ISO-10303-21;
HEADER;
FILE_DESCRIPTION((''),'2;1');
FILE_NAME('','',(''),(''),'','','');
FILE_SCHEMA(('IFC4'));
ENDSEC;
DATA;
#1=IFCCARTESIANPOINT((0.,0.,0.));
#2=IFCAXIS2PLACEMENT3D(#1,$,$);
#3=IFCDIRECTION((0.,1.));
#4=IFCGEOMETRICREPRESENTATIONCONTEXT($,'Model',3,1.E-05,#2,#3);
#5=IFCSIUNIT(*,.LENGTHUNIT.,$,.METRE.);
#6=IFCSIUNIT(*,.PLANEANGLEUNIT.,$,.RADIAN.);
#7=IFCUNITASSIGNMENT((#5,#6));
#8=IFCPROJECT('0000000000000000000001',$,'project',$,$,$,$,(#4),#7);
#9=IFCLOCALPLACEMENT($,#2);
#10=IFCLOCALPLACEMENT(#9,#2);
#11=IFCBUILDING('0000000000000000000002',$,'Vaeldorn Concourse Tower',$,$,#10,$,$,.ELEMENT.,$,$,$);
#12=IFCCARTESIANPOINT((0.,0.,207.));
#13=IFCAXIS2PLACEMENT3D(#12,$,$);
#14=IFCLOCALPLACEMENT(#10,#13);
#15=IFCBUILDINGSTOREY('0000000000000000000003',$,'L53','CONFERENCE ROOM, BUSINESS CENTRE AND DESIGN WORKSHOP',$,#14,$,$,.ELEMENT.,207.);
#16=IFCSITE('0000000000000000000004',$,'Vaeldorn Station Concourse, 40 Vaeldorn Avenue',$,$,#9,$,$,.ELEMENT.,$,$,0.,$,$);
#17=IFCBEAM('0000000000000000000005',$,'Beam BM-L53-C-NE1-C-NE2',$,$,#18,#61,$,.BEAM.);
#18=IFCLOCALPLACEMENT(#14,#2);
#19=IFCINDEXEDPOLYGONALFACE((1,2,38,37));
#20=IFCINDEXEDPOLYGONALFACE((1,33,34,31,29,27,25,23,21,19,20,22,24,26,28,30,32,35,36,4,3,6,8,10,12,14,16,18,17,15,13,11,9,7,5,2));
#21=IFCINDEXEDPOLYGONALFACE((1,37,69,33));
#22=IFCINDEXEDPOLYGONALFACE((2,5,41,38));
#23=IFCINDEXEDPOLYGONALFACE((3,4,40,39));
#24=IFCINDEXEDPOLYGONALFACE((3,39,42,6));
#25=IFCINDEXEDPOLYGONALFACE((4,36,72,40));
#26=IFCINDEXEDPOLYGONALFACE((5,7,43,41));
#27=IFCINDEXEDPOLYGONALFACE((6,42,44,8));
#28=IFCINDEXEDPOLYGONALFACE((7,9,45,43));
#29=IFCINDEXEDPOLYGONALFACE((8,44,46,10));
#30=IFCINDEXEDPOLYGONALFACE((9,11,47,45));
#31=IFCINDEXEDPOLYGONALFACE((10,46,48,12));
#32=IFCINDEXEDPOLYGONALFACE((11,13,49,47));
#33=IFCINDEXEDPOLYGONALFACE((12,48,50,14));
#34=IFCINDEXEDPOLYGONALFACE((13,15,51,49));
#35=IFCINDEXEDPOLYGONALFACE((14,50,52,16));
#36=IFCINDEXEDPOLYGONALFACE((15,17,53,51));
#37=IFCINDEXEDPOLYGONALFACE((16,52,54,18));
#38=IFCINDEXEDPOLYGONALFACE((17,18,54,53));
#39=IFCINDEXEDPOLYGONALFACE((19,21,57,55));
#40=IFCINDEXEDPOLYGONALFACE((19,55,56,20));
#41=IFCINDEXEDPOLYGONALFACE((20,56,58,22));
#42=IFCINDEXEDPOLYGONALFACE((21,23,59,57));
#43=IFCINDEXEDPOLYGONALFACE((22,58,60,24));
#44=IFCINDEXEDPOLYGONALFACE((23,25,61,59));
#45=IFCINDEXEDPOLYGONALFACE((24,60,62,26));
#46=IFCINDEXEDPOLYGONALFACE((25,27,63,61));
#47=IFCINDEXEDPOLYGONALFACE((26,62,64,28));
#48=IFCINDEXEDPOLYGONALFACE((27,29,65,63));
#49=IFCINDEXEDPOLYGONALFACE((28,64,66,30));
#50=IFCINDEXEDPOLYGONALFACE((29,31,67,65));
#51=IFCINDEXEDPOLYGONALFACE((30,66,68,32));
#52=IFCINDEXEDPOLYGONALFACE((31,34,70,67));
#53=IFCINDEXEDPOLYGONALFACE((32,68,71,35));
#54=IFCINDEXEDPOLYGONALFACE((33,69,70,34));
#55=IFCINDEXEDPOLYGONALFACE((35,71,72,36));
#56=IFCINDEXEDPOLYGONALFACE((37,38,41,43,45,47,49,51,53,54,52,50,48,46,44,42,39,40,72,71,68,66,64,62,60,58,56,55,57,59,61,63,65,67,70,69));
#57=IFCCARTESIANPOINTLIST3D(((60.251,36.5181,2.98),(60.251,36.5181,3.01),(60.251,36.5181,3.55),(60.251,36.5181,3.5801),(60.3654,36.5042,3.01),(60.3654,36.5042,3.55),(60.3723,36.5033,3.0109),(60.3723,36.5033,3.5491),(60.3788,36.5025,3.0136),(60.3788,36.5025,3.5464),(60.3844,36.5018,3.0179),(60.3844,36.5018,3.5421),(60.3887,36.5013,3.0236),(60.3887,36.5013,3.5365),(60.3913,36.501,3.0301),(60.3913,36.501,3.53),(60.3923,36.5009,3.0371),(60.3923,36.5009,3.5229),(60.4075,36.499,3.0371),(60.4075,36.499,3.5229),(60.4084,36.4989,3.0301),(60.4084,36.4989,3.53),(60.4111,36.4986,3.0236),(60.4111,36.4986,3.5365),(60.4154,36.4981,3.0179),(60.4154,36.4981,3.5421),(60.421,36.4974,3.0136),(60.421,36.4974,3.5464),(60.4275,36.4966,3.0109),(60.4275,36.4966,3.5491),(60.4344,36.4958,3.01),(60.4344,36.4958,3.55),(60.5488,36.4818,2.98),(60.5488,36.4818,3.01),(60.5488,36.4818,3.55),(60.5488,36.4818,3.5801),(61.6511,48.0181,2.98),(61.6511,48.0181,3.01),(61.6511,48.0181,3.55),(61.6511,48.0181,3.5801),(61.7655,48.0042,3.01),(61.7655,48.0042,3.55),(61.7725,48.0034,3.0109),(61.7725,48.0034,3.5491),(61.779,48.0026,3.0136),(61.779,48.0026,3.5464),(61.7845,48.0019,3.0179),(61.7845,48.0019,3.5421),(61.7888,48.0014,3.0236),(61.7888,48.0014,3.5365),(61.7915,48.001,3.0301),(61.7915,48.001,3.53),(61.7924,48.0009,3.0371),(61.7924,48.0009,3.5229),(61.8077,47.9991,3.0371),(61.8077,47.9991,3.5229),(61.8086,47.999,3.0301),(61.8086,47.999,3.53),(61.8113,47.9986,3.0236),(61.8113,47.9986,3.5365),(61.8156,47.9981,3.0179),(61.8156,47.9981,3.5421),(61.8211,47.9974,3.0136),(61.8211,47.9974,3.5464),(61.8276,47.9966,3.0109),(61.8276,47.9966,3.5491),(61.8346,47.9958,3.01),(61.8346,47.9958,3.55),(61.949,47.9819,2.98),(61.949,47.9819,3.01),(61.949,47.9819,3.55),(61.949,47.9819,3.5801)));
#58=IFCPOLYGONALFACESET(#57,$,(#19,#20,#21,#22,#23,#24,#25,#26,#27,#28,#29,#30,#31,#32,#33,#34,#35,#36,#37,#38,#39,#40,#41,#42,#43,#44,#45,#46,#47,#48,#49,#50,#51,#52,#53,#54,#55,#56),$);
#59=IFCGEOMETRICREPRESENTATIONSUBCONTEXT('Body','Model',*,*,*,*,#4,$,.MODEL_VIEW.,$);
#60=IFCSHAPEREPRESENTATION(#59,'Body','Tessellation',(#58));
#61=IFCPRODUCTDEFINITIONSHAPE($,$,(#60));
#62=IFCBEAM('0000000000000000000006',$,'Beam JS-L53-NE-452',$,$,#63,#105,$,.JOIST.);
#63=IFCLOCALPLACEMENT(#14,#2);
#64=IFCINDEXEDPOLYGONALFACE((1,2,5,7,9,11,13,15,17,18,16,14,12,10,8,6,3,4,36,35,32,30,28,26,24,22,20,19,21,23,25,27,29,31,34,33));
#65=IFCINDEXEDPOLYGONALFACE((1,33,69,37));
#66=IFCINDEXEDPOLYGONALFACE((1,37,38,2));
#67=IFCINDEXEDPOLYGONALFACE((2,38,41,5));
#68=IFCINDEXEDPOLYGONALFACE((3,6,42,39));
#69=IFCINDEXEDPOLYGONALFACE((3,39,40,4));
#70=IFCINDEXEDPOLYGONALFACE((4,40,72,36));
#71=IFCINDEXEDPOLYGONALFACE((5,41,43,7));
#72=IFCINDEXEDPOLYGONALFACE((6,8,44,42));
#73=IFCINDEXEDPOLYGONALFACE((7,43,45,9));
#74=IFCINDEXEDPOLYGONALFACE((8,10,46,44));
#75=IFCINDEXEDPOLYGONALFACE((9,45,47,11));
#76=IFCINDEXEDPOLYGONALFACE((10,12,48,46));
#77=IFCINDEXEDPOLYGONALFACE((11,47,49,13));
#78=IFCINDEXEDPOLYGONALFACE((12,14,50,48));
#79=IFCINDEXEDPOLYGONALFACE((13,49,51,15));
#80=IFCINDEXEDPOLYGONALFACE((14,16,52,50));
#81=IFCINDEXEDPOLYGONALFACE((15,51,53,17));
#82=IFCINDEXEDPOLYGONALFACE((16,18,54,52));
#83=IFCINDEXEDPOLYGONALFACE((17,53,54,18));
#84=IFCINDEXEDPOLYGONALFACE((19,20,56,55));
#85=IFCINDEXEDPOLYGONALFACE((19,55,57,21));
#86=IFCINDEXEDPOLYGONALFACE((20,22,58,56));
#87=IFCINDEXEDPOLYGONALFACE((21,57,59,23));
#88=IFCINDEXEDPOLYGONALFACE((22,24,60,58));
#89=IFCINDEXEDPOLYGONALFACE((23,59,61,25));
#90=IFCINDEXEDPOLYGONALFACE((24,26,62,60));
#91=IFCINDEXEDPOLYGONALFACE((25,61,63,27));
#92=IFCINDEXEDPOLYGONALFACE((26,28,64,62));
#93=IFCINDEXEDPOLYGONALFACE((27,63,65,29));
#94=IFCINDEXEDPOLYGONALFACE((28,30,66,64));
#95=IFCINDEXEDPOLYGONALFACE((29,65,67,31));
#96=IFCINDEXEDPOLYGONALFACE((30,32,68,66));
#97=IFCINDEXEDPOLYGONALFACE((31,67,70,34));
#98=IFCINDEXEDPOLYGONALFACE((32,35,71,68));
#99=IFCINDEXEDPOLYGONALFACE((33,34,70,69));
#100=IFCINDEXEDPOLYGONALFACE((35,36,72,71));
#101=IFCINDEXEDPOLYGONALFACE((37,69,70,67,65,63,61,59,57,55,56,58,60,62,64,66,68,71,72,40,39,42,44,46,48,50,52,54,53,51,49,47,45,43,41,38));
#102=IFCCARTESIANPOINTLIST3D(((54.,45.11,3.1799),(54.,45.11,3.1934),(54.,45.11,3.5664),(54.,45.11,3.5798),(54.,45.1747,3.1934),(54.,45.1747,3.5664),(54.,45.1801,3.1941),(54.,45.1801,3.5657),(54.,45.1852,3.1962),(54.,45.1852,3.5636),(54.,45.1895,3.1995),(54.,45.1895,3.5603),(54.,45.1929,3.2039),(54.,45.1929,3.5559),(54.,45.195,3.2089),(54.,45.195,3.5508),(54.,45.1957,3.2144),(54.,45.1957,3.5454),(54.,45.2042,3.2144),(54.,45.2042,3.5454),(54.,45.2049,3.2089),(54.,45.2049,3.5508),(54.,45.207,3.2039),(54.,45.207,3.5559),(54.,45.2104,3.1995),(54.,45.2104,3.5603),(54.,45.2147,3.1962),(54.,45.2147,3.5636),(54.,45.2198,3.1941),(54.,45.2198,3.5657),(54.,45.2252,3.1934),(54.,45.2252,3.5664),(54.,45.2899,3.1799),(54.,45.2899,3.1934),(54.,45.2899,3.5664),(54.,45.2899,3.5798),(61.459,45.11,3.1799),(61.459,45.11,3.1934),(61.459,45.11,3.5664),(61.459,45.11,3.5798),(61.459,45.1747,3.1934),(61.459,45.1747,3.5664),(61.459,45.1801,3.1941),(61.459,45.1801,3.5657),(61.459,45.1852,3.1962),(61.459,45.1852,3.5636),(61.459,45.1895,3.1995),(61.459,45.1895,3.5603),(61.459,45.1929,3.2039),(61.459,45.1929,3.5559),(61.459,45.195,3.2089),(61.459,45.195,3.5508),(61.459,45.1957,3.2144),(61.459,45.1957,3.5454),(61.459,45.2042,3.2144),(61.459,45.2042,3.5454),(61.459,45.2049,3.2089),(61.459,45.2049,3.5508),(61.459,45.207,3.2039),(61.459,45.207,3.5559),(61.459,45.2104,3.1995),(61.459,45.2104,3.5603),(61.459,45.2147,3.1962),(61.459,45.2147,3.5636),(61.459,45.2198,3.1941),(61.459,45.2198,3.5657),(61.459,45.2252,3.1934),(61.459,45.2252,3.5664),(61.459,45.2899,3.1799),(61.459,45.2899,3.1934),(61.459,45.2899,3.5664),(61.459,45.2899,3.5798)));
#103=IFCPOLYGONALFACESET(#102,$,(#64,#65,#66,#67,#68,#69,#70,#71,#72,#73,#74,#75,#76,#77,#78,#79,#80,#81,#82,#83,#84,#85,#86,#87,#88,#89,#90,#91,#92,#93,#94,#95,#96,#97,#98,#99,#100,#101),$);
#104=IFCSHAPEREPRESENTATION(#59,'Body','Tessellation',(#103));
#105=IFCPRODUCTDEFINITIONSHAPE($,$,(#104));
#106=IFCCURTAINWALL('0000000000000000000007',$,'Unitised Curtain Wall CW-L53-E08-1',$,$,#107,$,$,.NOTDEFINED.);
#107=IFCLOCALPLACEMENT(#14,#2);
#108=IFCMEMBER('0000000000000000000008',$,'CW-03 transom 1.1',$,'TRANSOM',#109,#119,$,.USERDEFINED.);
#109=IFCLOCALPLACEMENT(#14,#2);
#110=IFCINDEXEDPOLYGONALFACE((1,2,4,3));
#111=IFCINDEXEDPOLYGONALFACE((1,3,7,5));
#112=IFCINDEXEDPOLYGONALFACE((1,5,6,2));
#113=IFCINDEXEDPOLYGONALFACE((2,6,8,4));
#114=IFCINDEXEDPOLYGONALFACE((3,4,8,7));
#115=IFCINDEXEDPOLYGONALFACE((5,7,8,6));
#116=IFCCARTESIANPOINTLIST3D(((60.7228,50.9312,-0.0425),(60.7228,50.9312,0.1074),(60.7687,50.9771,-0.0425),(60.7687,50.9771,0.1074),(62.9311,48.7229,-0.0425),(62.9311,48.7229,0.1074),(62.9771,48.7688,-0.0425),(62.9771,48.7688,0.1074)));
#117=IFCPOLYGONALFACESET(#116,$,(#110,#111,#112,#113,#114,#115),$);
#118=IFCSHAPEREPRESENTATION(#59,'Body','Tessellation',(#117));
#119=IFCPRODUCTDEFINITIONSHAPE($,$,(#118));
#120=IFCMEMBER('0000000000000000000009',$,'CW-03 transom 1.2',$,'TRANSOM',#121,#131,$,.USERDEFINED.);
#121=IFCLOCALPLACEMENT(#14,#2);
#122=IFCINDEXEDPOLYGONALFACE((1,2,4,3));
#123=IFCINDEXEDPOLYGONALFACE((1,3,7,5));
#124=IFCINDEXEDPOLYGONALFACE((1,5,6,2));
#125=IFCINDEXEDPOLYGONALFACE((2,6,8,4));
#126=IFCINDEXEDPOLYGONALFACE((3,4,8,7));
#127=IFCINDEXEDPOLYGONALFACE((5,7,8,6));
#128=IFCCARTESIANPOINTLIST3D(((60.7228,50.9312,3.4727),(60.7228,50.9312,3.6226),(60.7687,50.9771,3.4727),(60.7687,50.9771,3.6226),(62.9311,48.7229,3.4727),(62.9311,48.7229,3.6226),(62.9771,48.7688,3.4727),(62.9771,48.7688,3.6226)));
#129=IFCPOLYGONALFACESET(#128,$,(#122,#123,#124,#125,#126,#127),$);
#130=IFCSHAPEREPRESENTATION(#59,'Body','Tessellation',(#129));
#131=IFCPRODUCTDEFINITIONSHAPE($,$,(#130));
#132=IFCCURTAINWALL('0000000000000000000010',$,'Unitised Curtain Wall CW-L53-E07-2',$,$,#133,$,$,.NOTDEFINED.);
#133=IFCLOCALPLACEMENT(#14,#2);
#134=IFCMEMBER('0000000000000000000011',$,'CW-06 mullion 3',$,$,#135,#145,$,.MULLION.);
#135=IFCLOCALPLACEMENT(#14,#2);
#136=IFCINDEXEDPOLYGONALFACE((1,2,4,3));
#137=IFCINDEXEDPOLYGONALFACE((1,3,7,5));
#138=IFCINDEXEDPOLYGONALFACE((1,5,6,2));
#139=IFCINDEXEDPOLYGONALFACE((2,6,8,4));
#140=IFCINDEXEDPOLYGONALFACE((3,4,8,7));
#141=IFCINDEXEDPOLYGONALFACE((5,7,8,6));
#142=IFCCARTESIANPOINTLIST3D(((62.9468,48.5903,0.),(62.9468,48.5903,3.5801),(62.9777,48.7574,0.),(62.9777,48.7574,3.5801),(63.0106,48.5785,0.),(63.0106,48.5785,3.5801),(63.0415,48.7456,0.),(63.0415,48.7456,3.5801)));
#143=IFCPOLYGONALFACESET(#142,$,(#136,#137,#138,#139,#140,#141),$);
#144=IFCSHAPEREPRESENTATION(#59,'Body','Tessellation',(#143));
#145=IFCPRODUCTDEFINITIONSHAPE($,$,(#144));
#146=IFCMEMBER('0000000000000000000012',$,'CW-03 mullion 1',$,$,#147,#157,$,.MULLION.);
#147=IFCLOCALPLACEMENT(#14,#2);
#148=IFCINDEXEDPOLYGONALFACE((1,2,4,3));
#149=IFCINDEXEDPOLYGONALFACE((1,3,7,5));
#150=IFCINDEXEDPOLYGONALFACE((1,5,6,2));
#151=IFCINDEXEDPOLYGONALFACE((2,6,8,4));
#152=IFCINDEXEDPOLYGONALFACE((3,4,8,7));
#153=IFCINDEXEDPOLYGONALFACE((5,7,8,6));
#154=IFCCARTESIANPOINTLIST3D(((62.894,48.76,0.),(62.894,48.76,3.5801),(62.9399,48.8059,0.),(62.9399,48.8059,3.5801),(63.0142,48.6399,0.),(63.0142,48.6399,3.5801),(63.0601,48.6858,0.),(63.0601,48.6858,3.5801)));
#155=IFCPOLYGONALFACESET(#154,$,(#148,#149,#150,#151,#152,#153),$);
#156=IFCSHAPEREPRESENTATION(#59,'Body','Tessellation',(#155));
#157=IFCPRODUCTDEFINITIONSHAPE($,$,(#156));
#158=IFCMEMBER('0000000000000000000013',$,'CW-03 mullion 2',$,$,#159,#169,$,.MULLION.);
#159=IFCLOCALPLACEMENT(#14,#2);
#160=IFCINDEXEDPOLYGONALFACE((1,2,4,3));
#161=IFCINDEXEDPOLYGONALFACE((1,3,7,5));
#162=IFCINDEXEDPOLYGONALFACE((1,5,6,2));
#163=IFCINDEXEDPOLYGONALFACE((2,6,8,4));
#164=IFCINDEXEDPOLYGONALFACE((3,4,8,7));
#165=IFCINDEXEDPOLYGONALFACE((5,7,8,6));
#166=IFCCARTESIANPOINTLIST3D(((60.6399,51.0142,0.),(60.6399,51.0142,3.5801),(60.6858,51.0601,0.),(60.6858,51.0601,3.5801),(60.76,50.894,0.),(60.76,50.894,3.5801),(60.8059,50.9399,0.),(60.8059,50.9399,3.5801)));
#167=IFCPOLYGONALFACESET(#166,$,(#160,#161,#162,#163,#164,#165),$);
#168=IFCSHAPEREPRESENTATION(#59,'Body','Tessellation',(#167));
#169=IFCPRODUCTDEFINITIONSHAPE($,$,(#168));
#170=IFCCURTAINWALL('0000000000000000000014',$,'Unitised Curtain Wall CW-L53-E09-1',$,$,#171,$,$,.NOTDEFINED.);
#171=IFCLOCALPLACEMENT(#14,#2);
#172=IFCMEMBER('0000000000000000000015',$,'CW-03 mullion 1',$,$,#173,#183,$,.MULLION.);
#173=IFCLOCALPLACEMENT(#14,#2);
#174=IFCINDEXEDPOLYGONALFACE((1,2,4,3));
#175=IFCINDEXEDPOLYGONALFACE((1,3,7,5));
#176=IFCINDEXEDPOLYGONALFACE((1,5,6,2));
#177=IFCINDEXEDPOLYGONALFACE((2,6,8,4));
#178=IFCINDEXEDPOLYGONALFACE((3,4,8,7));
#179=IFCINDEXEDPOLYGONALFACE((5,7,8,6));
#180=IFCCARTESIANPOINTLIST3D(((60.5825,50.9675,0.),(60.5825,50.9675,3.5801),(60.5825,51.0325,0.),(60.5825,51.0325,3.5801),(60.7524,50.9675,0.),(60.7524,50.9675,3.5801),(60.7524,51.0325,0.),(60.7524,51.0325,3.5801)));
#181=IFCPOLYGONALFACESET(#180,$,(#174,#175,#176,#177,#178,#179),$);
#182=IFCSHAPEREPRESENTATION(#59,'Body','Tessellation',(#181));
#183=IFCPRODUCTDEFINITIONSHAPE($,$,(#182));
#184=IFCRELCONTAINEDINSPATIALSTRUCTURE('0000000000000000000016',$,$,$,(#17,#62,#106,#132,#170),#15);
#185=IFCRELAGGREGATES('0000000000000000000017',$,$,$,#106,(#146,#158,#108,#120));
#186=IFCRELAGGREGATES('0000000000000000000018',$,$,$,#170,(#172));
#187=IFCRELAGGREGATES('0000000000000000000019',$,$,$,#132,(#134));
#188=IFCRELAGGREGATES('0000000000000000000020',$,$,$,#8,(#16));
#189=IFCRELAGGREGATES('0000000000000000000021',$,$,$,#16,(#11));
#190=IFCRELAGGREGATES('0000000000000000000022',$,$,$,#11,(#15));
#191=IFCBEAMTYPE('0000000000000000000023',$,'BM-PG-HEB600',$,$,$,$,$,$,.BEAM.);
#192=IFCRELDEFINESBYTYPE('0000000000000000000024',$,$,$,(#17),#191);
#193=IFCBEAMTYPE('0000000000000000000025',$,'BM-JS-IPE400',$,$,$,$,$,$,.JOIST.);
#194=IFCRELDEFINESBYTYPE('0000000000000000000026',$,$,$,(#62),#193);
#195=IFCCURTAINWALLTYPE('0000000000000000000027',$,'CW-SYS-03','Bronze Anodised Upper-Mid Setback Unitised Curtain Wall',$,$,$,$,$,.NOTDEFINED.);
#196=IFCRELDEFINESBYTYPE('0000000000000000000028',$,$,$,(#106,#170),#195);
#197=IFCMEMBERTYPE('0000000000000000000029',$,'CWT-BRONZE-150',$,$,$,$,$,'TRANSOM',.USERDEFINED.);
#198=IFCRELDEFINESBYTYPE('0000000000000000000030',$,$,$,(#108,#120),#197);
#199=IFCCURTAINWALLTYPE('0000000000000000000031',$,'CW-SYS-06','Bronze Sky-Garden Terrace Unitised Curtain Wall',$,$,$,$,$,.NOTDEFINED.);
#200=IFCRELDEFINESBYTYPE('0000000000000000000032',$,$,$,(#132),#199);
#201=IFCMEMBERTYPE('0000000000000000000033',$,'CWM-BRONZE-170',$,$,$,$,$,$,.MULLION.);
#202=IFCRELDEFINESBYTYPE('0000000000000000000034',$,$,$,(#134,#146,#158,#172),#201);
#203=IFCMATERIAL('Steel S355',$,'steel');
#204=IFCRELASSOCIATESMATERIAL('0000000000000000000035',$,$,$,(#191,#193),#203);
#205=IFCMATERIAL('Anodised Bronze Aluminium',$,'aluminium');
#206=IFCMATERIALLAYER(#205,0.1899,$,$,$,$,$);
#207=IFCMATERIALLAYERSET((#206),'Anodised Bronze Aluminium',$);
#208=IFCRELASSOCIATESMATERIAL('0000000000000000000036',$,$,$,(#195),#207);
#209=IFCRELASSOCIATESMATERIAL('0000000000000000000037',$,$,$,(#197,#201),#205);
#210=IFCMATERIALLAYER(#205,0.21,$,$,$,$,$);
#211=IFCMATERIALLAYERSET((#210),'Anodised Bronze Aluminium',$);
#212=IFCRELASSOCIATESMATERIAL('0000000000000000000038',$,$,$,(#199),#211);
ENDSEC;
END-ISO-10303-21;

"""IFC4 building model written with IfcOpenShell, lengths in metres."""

from ifc_helpers import new_model, si_unit, direction, frame, origin, origin_2d, place, context, subcontext, project, spatial, rectangle, i_section, extrude, source, transform, mapped, material, layer, layer_set, material_profile, profile_set, type_object, element, aggregate, save


model = new_model("IFC4")

# Units and contexts
model_context = context("Model", 3, precision=1e-05, world=origin(), true_north=direction((0.0, 1.0)))
body_context = subcontext(model_context, "Body", "Model", "MODEL_VIEW")
ifc_project = project(units=[si_unit("LENGTHUNIT", "METRE"), si_unit("PLANEANGLEUNIT", "RADIAN")], contexts=[model_context])

# Site, building, storey
site_placement = place(None, origin())
site = spatial("IfcSite", under=ifc_project, at=site_placement, Name="Vaeldorn Station Concourse, 40 Vaeldorn Avenue", CompositionType="ELEMENT", RefElevation=0.0)
building_placement = place(site_placement, origin())
building = spatial("IfcBuilding", under=site, at=building_placement, Name="Vaeldorn Concourse Tower", CompositionType="ELEMENT")
storey_placement = place(building_placement, frame((0.0, 0.0, 207.0)))
storey = spatial("IfcBuildingStorey", under=building, at=storey_placement, Name="L53", Description="CONFERENCE ROOM, BUSINESS CENTRE AND DESIGN WORKSHOP", CompositionType="ELEMENT", Elevation=207.0)

# Beams
ifc_material_1 = material(Name="Steel S355", Category="steel")
ifc_material_profile_1 = material_profile(ifc_material_1, i_section(OverallWidth=0.3, OverallDepth=0.6001, WebThickness=0.0154, FlangeThickness=0.03, FilletRadius=0.0271, at=origin_2d()), Name="HEB 600")
ifc_profile_set_1 = profile_set([ifc_material_profile_1], Name="Steel S355")
beam_type_1 = type_object("IfcBeamType", Name="BM-PG-HEB600", PredefinedType="BEAM", material=ifc_profile_set_1)
shared_shape_1 = source(origin(), body_context, "Body", "SweptSolid", [
    extrude(i_section(OverallWidth=0.3, OverallDepth=0.6001, WebThickness=0.0154, FlangeThickness=0.03, FilletRadius=0.0271, at=origin_2d()), origin(), (0.0, 0.0, 1.0), 11.585),
])
beam_1_placement = place(storey_placement, frame((61.8, 48.0, 3.28), z_axis=(-0.120859, -0.99267, 0.0), x_axis=(0.99267, -0.120859, 0.0)))
element("IfcBeam", 1, at=beam_1_placement, inside=storey, type_object=beam_type_1, Name="Beam BM-L53-C-NE1-C-NE2", PredefinedType="BEAM", context=body_context, shape_type="MappedRepresentation", body=[
    mapped(shared_shape_1, transform((0.0, 0.0, 0.0), scale=1.0)),
])
ifc_material_profile_2 = material_profile(ifc_material_1, i_section(OverallWidth=0.1799, OverallDepth=0.3999, WebThickness=0.0085, FlangeThickness=0.0134, FilletRadius=0.021, at=origin_2d()), Name="IPE 400")
ifc_profile_set_2 = profile_set([ifc_material_profile_2], Name="Steel S355")
beam_type_2 = type_object("IfcBeamType", Name="BM-JS-IPE400", PredefinedType="JOIST", material=ifc_profile_set_2)
shared_shape_2 = source(origin(), body_context, "Body", "SweptSolid", [
    extrude(i_section(OverallWidth=0.1799, OverallDepth=0.3999, WebThickness=0.0085, FlangeThickness=0.0134, FilletRadius=0.021, at=origin_2d()), origin(), (0.0, 0.0, 1.0), 7.459),
])
beam_2_placement = place(storey_placement, frame((54.0, 45.2, 3.3799), z_axis=(1.0, 0.0, 0.0), x_axis=(0.0, 1.0, 0.0)))
element("IfcBeam", 2, at=beam_2_placement, inside=storey, type_object=beam_type_2, Name="Beam JS-L53-NE-452", PredefinedType="JOIST", context=body_context, shape_type="MappedRepresentation", body=[
    mapped(shared_shape_2, transform((0.0, 0.0, 0.0), scale=1.0)),
])

# Curtain wall, members
ifc_material_2 = material(Name="Anodised Bronze Aluminium", Category="aluminium")
ifc_layer_1 = layer(ifc_material_2, 0.1899)
ifc_layer_set_1 = layer_set([ifc_layer_1], Name="Anodised Bronze Aluminium")
curtain_wall_type_1 = type_object("IfcCurtainWallType", Name="CW-SYS-03", Description="Bronze Anodised Upper-Mid Setback Unitised Curtain Wall", PredefinedType="NOTDEFINED", material=ifc_layer_set_1)
curtain_wall_1_placement = place(storey_placement, origin())
curtain_wall_1 = element("IfcCurtainWall", 3, at=curtain_wall_1_placement, inside=storey, type_object=curtain_wall_type_1, Name="Unitised Curtain Wall CW-L53-E08-1", PredefinedType="NOTDEFINED")
ifc_material_profile_3 = material_profile(ifc_material_2, rectangle(XDim=0.0649, YDim=0.1499, at=origin_2d()), Name="CWT 65x150")
ifc_profile_set_3 = profile_set([ifc_material_profile_3], Name="Anodised Bronze Aluminium")
member_type_1 = type_object("IfcMemberType", Name="CWT-BRONZE-150", ElementType="TRANSOM", PredefinedType="USERDEFINED", material=ifc_profile_set_3)
shared_shape_3 = source(origin(), body_context, "Body", "SweptSolid", [
    extrude(rectangle(XDim=0.0649, YDim=0.1499, at=origin_2d()), origin(), (0.0, 0.0, 1.0), 3.123),
])
member_1_placement = place(storey_placement, frame((62.9541, 48.7458, 0.0325), z_axis=(-0.707107, 0.707107, 0.0), x_axis=(-0.707107, -0.707107, 0.0)))
member_1 = element("IfcMember", 4, at=member_1_placement, type_object=member_type_1, Name="CW-03 transom 1.1", ObjectType="TRANSOM", PredefinedType="USERDEFINED", context=body_context, shape_type="MappedRepresentation", body=[
    mapped(shared_shape_3, transform((0.0, 0.0, 0.0), scale=1.0)),
])
member_2_placement = place(storey_placement, frame((62.9541, 48.7458, 3.5476), z_axis=(-0.707107, 0.707107, 0.0), x_axis=(-0.707107, -0.707107, 0.0)))
member_2 = element("IfcMember", 5, at=member_2_placement, type_object=member_type_1, Name="CW-03 transom 1.2", ObjectType="TRANSOM", PredefinedType="USERDEFINED", context=body_context, shape_type="MappedRepresentation", body=[
    mapped(shared_shape_3, transform((0.0, 0.0, 0.0), scale=1.0)),
])

# Curtain wall, member
ifc_layer_2 = layer(ifc_material_2, 0.21)
ifc_layer_set_2 = layer_set([ifc_layer_2], Name="Anodised Bronze Aluminium")
curtain_wall_type_2 = type_object("IfcCurtainWallType", Name="CW-SYS-06", Description="Bronze Sky-Garden Terrace Unitised Curtain Wall", PredefinedType="NOTDEFINED", material=ifc_layer_set_2)
curtain_wall_2_placement = place(storey_placement, origin())
curtain_wall_2 = element("IfcCurtainWall", 6, at=curtain_wall_2_placement, inside=storey, type_object=curtain_wall_type_2, Name="Unitised Curtain Wall CW-L53-E07-2", PredefinedType="NOTDEFINED")
ifc_material_profile_4 = material_profile(ifc_material_2, rectangle(XDim=0.0649, YDim=0.1699, at=origin_2d()), Name="CWM 65x170")
ifc_profile_set_4 = profile_set([ifc_material_profile_4], Name="Anodised Bronze Aluminium")
member_type_2 = type_object("IfcMemberType", Name="CWM-BRONZE-170", PredefinedType="MULLION", material=ifc_profile_set_4)
shared_shape_4 = source(origin(), body_context, "Body", "SweptSolid", [
    extrude(rectangle(XDim=0.0649, YDim=0.1699, at=origin_2d()), origin(), (0.0, 0.0, 1.0), 3.5801),
])
member_3_placement = place(storey_placement, frame((62.9941, 48.668, 0.0), z_axis=(0.0, 0.0, 1.0), x_axis=(-0.983319, 0.181888, 0.0)))
member_3 = element("IfcMember", 7, at=member_3_placement, type_object=member_type_2, Name="CW-06 mullion 3", PredefinedType="MULLION", context=body_context, shape_type="MappedRepresentation", body=[
    mapped(shared_shape_4, transform((0.0, 0.0, 0.0), scale=1.0)),
])

# Members
member_4_placement = place(storey_placement, frame((62.9771, 48.7229, 0.0), z_axis=(0.0, 0.0, 1.0), x_axis=(-0.707107, -0.707107, 0.0)))
member_4 = element("IfcMember", 8, at=member_4_placement, type_object=member_type_2, Name="CW-03 mullion 1", PredefinedType="MULLION", context=body_context, shape_type="MappedRepresentation", body=[
    mapped(shared_shape_4, transform((0.0, 0.0, 0.0), scale=1.0)),
])
member_5_placement = place(storey_placement, frame((60.7229, 50.9771, 0.0), z_axis=(0.0, 0.0, 1.0), x_axis=(-0.707107, -0.707107, 0.0)))
member_5 = element("IfcMember", 9, at=member_5_placement, type_object=member_type_2, Name="CW-03 mullion 2", PredefinedType="MULLION", context=body_context, shape_type="MappedRepresentation", body=[
    mapped(shared_shape_4, transform((0.0, 0.0, 0.0), scale=1.0)),
])

# Curtain wall, member
curtain_wall_3_placement = place(storey_placement, origin())
curtain_wall_3 = element("IfcCurtainWall", 10, at=curtain_wall_3_placement, inside=storey, type_object=curtain_wall_type_1, Name="Unitised Curtain Wall CW-L53-E09-1", PredefinedType="NOTDEFINED")
member_6_placement = place(storey_placement, frame((60.6675, 51.0, 0.0), z_axis=(0.0, 0.0, 1.0), x_axis=(0.0, -1.0, 0.0)))
member_6 = element("IfcMember", 11, at=member_6_placement, type_object=member_type_2, Name="CW-03 mullion 1", PredefinedType="MULLION", context=body_context, shape_type="MappedRepresentation", body=[
    mapped(shared_shape_4, transform((0.0, 0.0, 0.0), scale=1.0)),
])

aggregate(curtain_wall_1, [member_4, member_5, member_1, member_2])
aggregate(curtain_wall_3, [member_6])
aggregate(curtain_wall_2, [member_3])

save(model, "model.ifc")
